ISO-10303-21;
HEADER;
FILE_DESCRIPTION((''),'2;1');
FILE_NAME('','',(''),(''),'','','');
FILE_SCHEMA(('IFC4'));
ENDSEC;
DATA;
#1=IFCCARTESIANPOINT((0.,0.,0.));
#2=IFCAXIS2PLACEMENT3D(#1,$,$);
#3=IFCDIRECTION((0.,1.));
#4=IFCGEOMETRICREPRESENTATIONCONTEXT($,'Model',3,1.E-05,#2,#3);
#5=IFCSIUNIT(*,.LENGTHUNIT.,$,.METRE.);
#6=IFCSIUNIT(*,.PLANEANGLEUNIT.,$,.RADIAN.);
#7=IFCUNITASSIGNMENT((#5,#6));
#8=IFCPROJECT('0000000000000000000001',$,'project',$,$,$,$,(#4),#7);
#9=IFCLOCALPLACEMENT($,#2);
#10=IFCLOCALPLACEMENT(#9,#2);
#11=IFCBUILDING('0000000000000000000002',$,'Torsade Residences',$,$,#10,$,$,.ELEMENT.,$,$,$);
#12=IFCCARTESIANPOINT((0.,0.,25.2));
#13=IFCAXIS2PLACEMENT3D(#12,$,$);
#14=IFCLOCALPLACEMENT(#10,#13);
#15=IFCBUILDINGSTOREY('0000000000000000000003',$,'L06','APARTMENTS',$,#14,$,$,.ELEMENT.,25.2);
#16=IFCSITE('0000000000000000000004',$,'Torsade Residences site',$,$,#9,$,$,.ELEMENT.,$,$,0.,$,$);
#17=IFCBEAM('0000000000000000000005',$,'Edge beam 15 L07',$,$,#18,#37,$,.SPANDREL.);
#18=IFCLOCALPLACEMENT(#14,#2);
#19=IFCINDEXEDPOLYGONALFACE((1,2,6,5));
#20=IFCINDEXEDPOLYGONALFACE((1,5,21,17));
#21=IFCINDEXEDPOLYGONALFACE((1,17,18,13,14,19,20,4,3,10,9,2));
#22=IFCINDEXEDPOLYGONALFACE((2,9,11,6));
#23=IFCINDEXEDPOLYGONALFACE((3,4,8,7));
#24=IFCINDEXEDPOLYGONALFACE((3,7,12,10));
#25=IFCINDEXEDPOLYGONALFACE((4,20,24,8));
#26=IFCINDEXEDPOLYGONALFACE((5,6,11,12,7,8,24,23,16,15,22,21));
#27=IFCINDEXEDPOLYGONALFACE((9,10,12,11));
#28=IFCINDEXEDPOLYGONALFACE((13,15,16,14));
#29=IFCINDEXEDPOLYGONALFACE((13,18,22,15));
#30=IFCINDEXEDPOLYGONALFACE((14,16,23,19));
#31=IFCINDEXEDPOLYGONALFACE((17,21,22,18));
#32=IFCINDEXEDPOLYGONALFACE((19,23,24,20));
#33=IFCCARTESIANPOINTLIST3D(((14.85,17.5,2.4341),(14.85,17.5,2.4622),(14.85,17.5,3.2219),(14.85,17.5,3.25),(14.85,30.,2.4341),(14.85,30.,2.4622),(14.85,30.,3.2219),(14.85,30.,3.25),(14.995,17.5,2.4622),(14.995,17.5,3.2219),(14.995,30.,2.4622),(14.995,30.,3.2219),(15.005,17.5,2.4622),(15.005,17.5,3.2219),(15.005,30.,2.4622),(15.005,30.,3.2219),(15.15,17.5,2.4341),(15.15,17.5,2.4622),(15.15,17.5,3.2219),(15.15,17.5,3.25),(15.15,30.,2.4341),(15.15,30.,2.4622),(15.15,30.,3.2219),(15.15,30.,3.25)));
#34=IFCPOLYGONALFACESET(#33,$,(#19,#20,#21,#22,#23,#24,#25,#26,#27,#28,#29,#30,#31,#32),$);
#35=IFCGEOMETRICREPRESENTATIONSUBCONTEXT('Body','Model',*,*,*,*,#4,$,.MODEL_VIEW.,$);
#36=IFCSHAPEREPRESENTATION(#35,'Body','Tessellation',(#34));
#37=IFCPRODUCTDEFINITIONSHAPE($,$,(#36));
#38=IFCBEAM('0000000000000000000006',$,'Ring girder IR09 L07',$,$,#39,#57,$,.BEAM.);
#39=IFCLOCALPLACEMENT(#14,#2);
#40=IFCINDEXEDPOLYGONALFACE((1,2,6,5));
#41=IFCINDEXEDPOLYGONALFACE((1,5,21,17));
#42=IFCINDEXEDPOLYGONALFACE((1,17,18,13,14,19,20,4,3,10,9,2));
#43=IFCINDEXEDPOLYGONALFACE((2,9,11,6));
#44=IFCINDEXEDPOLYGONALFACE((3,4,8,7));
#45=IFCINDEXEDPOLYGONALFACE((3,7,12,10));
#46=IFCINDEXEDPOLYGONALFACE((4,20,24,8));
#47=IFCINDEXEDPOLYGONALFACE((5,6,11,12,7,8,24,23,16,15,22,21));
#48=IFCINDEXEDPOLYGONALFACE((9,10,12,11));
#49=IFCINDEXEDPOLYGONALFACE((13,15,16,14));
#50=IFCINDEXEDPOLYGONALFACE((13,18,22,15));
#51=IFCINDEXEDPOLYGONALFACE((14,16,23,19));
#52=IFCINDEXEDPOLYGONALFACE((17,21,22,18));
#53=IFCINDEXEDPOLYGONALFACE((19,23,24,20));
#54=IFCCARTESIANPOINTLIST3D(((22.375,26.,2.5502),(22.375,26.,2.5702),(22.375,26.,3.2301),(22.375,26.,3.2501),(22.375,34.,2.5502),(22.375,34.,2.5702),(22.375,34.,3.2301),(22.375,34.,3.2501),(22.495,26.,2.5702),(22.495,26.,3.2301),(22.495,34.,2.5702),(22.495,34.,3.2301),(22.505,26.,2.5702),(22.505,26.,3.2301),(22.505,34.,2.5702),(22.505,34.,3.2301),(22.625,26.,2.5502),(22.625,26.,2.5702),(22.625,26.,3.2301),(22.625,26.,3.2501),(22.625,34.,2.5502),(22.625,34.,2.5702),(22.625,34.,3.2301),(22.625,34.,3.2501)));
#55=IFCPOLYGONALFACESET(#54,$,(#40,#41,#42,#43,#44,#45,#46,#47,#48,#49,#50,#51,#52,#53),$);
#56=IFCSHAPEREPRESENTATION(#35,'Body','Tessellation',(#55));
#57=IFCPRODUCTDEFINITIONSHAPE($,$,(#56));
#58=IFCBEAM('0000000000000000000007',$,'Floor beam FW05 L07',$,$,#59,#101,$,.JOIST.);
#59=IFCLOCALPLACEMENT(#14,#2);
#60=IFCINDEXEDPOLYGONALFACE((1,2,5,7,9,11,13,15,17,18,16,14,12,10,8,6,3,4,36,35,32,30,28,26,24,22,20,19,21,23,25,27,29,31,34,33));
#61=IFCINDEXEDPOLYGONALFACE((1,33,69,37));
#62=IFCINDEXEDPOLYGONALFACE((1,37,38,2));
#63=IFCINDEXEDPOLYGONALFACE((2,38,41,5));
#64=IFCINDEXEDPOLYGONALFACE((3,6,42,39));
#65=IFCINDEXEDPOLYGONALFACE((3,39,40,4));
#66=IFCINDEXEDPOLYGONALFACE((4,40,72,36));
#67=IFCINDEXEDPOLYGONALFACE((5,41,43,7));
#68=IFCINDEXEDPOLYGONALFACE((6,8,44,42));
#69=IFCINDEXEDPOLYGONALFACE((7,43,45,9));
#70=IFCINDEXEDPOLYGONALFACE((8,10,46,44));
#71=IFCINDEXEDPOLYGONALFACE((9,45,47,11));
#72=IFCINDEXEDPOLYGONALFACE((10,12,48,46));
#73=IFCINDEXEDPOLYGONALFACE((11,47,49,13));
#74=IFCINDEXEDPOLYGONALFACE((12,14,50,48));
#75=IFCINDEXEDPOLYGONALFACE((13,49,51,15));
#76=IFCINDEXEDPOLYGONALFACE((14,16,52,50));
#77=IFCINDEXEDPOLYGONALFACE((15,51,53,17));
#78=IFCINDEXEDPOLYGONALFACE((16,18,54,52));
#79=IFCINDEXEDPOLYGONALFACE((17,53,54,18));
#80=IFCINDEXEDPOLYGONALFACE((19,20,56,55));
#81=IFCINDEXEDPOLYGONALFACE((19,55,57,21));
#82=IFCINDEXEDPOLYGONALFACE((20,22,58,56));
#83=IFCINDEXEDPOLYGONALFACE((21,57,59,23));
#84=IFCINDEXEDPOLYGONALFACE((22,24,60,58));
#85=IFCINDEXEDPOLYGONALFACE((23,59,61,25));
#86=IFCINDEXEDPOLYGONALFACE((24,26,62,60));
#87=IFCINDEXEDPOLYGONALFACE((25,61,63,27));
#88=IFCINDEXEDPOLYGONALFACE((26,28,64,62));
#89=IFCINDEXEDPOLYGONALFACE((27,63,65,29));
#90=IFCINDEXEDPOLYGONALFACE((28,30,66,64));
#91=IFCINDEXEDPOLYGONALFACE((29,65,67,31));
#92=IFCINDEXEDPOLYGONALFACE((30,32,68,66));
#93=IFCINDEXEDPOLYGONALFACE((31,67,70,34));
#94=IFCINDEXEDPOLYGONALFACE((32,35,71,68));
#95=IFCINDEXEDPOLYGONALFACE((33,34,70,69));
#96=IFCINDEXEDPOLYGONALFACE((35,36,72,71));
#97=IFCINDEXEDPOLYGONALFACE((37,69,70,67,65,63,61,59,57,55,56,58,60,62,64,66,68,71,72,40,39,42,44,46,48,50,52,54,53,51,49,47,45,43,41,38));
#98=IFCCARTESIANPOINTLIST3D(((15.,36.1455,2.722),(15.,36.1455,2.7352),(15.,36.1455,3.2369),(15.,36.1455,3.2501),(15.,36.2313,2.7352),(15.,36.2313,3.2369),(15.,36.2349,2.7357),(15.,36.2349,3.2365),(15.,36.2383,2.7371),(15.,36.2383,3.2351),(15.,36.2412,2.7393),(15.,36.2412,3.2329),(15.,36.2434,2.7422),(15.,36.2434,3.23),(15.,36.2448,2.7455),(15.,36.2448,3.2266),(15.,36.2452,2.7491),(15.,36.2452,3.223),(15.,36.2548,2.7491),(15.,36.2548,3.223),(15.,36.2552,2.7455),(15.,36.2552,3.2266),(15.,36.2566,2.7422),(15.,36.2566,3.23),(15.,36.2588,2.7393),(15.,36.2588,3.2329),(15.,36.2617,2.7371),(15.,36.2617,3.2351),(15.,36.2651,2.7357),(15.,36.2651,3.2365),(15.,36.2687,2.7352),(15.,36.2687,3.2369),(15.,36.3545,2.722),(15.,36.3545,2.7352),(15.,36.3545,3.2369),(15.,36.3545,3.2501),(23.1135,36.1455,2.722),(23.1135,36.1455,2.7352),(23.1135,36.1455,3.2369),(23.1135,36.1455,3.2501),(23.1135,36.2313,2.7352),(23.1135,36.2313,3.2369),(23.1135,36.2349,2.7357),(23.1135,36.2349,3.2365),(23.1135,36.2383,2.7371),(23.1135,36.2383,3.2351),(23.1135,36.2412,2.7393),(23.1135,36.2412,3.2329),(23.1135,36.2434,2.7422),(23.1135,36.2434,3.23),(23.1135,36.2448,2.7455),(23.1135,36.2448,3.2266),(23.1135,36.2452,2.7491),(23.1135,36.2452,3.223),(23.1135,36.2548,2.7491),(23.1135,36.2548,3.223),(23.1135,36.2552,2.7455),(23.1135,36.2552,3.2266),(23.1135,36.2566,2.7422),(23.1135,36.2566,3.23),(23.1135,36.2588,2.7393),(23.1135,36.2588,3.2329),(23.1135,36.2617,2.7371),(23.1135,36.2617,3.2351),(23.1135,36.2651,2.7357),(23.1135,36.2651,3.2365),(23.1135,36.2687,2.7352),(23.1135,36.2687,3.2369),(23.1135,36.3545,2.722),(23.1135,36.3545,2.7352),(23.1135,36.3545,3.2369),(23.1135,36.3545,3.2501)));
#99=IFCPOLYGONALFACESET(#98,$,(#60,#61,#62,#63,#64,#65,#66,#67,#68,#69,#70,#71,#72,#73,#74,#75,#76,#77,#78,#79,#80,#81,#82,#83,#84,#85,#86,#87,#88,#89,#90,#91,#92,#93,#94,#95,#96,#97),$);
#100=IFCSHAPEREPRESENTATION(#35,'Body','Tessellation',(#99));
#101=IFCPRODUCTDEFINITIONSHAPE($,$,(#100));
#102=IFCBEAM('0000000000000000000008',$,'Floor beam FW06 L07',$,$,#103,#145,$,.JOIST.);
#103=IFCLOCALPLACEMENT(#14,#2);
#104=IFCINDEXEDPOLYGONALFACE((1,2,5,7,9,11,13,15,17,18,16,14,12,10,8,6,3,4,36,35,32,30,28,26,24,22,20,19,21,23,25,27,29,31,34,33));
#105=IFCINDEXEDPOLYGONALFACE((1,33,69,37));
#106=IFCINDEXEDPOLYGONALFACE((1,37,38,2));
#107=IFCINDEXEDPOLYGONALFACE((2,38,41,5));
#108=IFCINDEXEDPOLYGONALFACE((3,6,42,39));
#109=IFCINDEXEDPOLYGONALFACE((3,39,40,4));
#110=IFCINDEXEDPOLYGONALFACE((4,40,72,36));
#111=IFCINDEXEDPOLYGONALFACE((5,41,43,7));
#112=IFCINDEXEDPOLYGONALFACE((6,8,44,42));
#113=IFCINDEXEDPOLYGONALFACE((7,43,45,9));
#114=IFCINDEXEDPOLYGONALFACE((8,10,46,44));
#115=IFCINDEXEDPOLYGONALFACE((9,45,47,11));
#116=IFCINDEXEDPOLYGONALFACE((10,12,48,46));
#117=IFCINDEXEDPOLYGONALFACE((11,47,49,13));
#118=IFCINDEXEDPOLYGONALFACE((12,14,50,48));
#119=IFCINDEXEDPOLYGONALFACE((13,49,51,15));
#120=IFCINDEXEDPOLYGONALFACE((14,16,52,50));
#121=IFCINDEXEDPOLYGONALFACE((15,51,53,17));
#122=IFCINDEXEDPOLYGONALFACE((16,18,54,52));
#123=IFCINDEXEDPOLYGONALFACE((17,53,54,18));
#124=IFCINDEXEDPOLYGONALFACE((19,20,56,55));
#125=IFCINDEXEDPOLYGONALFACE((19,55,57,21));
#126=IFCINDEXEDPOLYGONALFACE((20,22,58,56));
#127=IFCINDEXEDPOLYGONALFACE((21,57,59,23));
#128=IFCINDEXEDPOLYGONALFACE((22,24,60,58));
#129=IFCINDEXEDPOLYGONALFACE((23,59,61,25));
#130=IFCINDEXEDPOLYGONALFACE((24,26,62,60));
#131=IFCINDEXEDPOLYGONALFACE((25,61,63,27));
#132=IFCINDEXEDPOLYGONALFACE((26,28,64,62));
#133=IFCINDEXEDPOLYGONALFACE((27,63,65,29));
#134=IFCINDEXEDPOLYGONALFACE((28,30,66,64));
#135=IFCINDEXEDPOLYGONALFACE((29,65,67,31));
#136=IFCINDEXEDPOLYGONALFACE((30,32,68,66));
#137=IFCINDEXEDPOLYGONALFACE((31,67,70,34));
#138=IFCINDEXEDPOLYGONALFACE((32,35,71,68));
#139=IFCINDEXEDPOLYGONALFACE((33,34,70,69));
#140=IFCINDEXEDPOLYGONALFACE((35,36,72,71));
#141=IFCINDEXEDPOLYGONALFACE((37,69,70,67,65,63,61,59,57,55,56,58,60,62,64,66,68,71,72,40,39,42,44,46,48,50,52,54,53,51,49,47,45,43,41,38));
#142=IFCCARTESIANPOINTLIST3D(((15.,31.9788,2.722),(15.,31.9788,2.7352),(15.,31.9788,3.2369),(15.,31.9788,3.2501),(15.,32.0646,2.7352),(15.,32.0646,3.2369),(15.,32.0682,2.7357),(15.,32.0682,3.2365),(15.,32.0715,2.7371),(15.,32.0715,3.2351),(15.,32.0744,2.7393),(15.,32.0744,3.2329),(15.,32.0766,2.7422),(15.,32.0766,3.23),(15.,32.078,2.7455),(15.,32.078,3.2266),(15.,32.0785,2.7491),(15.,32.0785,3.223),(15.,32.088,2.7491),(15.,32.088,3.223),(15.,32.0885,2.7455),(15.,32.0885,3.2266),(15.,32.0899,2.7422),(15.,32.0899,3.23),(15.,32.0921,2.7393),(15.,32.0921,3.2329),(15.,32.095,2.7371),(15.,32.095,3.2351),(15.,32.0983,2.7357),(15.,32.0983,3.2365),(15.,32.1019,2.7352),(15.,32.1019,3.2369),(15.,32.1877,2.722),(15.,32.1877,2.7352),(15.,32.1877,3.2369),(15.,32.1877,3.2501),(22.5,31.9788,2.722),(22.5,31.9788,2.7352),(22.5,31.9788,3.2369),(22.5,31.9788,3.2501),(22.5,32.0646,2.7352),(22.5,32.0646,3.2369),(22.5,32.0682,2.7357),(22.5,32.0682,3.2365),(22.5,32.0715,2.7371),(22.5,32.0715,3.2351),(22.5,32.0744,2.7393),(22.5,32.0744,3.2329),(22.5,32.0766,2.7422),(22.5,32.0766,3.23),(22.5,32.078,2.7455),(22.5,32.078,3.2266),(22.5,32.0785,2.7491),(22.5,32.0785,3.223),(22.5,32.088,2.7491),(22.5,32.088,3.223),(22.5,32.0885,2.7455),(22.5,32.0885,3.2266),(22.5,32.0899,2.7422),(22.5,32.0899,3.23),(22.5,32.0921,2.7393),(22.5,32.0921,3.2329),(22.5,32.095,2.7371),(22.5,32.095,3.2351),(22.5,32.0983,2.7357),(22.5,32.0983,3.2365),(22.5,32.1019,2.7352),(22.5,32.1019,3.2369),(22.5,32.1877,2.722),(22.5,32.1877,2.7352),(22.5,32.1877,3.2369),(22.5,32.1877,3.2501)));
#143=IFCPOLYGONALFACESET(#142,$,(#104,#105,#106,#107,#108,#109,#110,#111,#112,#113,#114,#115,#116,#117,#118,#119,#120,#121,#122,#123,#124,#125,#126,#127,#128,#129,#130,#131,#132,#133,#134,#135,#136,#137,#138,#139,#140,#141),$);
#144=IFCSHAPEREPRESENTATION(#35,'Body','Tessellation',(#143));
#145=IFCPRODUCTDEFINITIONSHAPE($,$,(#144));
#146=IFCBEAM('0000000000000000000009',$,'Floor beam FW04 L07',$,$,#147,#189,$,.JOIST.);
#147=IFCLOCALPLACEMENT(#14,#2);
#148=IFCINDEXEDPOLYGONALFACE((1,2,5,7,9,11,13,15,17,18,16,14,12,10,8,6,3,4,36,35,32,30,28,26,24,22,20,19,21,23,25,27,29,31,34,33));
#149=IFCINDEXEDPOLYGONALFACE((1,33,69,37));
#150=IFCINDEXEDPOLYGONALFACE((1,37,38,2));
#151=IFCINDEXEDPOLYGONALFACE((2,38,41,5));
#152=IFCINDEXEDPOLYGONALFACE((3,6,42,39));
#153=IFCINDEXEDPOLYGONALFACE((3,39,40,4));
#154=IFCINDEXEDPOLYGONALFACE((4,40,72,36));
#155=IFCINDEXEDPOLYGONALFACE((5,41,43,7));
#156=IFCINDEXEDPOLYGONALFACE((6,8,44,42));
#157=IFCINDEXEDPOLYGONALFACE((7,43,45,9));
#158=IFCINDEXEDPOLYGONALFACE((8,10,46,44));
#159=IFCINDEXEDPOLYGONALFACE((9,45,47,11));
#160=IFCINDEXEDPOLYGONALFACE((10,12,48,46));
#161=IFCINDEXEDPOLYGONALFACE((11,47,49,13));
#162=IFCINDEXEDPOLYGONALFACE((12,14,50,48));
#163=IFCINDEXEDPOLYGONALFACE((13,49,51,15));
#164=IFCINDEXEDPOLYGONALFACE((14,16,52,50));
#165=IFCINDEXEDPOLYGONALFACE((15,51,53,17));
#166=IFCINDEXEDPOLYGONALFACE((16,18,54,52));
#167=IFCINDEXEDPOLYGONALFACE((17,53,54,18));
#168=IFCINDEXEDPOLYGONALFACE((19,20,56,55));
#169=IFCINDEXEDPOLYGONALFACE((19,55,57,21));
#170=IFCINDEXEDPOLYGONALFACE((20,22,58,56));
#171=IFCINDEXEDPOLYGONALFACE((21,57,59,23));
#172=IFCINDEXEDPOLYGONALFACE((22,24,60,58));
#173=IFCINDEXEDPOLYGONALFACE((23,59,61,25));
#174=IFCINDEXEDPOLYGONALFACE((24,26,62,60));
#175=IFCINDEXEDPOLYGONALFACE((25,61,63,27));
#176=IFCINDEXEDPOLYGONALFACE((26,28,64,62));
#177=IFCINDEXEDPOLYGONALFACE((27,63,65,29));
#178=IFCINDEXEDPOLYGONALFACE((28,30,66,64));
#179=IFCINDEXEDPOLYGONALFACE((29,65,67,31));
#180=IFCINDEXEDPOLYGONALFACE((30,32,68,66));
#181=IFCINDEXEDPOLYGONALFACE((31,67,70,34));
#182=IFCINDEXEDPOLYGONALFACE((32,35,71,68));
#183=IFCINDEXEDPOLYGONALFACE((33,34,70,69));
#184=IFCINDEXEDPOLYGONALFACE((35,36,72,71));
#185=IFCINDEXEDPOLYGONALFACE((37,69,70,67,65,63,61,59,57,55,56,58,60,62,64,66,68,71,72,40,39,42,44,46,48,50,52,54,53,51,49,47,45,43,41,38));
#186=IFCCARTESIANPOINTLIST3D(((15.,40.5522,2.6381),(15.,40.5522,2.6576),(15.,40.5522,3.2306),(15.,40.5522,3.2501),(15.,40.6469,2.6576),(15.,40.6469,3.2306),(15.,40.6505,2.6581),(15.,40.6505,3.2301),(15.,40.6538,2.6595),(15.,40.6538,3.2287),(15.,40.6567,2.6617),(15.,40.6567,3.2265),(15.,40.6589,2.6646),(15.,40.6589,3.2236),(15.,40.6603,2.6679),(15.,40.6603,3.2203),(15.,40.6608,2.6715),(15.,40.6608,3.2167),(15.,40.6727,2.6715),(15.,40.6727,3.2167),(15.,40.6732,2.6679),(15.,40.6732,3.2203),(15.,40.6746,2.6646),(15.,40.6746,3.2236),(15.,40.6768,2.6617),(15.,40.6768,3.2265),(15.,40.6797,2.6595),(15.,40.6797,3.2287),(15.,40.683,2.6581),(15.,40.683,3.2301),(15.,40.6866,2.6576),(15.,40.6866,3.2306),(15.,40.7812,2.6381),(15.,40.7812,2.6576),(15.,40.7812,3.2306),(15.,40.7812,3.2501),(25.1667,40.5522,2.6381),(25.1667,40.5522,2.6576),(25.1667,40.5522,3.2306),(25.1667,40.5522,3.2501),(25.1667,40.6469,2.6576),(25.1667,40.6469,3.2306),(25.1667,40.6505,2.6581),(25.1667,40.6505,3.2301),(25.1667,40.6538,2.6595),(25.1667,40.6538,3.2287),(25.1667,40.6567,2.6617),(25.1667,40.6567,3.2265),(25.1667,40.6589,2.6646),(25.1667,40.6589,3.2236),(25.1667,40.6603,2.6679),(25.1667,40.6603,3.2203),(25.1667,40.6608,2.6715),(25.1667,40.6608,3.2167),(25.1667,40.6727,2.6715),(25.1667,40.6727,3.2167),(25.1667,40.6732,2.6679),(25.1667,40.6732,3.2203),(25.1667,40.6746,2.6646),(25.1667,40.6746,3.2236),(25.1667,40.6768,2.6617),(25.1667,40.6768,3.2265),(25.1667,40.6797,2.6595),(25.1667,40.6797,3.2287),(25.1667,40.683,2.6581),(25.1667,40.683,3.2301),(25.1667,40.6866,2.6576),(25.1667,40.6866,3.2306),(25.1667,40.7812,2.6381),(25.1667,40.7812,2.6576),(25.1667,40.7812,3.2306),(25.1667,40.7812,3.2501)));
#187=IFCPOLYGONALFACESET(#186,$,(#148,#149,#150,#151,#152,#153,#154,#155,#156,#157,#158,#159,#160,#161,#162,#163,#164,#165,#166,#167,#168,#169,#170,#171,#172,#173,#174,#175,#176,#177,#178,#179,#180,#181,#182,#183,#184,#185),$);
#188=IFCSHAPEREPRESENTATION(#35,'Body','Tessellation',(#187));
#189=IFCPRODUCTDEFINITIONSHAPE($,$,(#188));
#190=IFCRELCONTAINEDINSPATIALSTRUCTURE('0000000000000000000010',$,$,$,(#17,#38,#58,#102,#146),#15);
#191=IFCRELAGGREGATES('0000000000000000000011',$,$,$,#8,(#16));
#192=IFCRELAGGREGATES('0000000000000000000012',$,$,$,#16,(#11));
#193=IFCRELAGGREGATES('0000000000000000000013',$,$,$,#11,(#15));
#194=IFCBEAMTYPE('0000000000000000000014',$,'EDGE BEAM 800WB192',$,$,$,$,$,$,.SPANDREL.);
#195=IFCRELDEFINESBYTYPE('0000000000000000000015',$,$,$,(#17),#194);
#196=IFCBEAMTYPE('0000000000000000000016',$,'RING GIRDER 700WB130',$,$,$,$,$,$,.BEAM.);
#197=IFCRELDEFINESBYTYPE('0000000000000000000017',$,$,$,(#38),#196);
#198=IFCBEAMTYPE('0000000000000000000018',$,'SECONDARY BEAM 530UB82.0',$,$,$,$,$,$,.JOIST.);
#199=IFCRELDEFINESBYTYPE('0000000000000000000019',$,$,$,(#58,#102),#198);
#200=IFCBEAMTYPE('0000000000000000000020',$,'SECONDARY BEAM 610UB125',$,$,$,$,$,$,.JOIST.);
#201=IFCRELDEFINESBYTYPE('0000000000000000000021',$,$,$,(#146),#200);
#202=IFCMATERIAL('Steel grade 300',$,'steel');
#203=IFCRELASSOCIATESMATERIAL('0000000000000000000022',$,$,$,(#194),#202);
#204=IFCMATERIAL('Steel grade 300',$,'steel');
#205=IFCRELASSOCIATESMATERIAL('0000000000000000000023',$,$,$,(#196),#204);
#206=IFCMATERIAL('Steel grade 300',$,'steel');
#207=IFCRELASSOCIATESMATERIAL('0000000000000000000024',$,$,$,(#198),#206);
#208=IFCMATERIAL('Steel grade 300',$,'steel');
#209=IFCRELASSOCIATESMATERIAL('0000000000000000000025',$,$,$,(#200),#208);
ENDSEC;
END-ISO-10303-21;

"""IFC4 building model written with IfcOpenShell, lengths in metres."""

from ifc_helpers import new_model, si_unit, direction, frame, origin, origin_2d, place, context, subcontext, project, spatial, i_section, extrude, material, material_profile, profile_set, type_object, element, save


model = new_model("IFC4")

# Units and contexts
model_context = context("Model", 3, precision=1e-05, world=origin(), true_north=direction((0.0, 1.0)))
body_context = subcontext(model_context, "Body", "Model", "MODEL_VIEW")
ifc_project = project(units=[si_unit("LENGTHUNIT", "METRE"), si_unit("PLANEANGLEUNIT", "RADIAN")], contexts=[model_context])

# Site, building, storey
site_placement = place(None, origin())
site = spatial("IfcSite", under=ifc_project, at=site_placement, Name="Torsade Residences site", CompositionType="ELEMENT", RefElevation=0.0)
building_placement = place(site_placement, origin())
building = spatial("IfcBuilding", under=site, at=building_placement, Name="Torsade Residences", CompositionType="ELEMENT")
storey_placement = place(building_placement, frame((0.0, 0.0, 25.2)))
storey = spatial("IfcBuildingStorey", under=building, at=storey_placement, Name="L06", Description="APARTMENTS", CompositionType="ELEMENT", Elevation=25.2)

# Beams
ifc_material_1 = material(Name="Steel grade 300", Category="steel")
ifc_material_profile_1 = material_profile(ifc_material_1, i_section(OverallWidth=0.3, OverallDepth=0.8159, WebThickness=0.01, FlangeThickness=0.0281, at=origin_2d()), Name="800WB192")
ifc_profile_set_1 = profile_set([ifc_material_profile_1], Name="Steel grade 300")
beam_type_1 = type_object("IfcBeamType", Name="EDGE BEAM 800WB192", PredefinedType="SPANDREL", material=ifc_profile_set_1)
for number, where, z_axis, x_axis, name in (
    (1, (15.0, 30.0, 2.842), (0.0, -1.0, 0.0), (1.0, 0.0, 0.0), "Edge beam 15 L07"),
):
    element("IfcBeam", number, at=place(storey_placement, frame(where, z_axis=z_axis, x_axis=x_axis)), inside=storey, type_object=beam_type_1, Name=name, PredefinedType="SPANDREL", context=body_context, shape_type="SweptSolid", body=[
        extrude(i_section(OverallWidth=0.3, OverallDepth=0.8159, WebThickness=0.01, FlangeThickness=0.0281, at=origin_2d()), origin(), (0.0, 0.0, 1.0), 12.5),
    ])
ifc_material_2 = material(Name="Steel grade 300", Category="steel")
ifc_material_profile_2 = material_profile(ifc_material_2, i_section(OverallWidth=0.25, OverallDepth=0.7, WebThickness=0.01, FlangeThickness=0.02, at=origin_2d()), Name="700WB130")
ifc_profile_set_2 = profile_set([ifc_material_profile_2], Name="Steel grade 300")
beam_type_2 = type_object("IfcBeamType", Name="RING GIRDER 700WB130", PredefinedType="BEAM", material=ifc_profile_set_2)
beam_1_placement = place(storey_placement, frame((22.5, 34.0, 2.9001), z_axis=(0.0, -1.0, 0.0), x_axis=(1.0, 0.0, 0.0)))
element("IfcBeam", 2, at=beam_1_placement, inside=storey, type_object=beam_type_2, Name="Ring girder IR09 L07", PredefinedType="BEAM", context=body_context, shape_type="SweptSolid", body=[
    extrude(i_section(OverallWidth=0.25, OverallDepth=0.7, WebThickness=0.01, FlangeThickness=0.02, at=origin_2d()), origin(), (0.0, 0.0, 1.0), 8.0),
])
ifc_material_3 = material(Name="Steel grade 300", Category="steel")
ifc_material_profile_3 = material_profile(ifc_material_3, i_section(OverallWidth=0.209, OverallDepth=0.5281, WebThickness=0.0095, FlangeThickness=0.0132, FilletRadius=0.0139, at=origin_2d()), Name="530UB82.0")
ifc_profile_set_3 = profile_set([ifc_material_profile_3], Name="Steel grade 300")
beam_type_3 = type_object("IfcBeamType", Name="SECONDARY BEAM 530UB82.0", PredefinedType="JOIST", material=ifc_profile_set_3)
beam_2_placement = place(storey_placement, frame((15.0, 36.25, 2.9861), z_axis=(1.0, 0.0, 0.0), x_axis=(0.0, 1.0, 0.0)))
element("IfcBeam", 3, at=beam_2_placement, inside=storey, type_object=beam_type_3, Name="Floor beam FW05 L07", PredefinedType="JOIST", context=body_context, shape_type="SweptSolid", body=[
    extrude(i_section(OverallWidth=0.209, OverallDepth=0.5281, WebThickness=0.0095, FlangeThickness=0.0132, FilletRadius=0.0139, at=origin_2d()), origin(), (0.0, 0.0, 1.0), 8.1135),
])
beam_3_placement = place(storey_placement, frame((15.0, 32.0833, 2.9861), z_axis=(1.0, 0.0, 0.0), x_axis=(0.0, 1.0, 0.0)))
element("IfcBeam", 4, at=beam_3_placement, inside=storey, type_object=beam_type_3, Name="Floor beam FW06 L07", PredefinedType="JOIST", context=body_context, shape_type="SweptSolid", body=[
    extrude(i_section(OverallWidth=0.209, OverallDepth=0.5281, WebThickness=0.0095, FlangeThickness=0.0132, FilletRadius=0.0139, at=origin_2d()), origin(), (0.0, 0.0, 1.0), 7.5),
])
ifc_material_4 = material(Name="Steel grade 300", Category="steel")
ifc_material_profile_4 = material_profile(ifc_material_4, i_section(OverallWidth=0.229, OverallDepth=0.6121, WebThickness=0.012, FlangeThickness=0.0195, FilletRadius=0.0139, at=origin_2d()), Name="610UB125")
ifc_profile_set_4 = profile_set([ifc_material_profile_4], Name="Steel grade 300")
beam_type_4 = type_object("IfcBeamType", Name="SECONDARY BEAM 610UB125", PredefinedType="JOIST", material=ifc_profile_set_4)
beam_4_placement = place(storey_placement, frame((15.0, 40.6667, 2.9441), z_axis=(1.0, 0.0, 0.0), x_axis=(0.0, 1.0, 0.0)))
element("IfcBeam", 5, at=beam_4_placement, inside=storey, type_object=beam_type_4, Name="Floor beam FW04 L07", PredefinedType="JOIST", context=body_context, shape_type="SweptSolid", body=[
    extrude(i_section(OverallWidth=0.229, OverallDepth=0.6121, WebThickness=0.012, FlangeThickness=0.0195, FilletRadius=0.0139, at=origin_2d()), origin(), (0.0, 0.0, 1.0), 10.1667),
])

save(model, "model.ifc")
